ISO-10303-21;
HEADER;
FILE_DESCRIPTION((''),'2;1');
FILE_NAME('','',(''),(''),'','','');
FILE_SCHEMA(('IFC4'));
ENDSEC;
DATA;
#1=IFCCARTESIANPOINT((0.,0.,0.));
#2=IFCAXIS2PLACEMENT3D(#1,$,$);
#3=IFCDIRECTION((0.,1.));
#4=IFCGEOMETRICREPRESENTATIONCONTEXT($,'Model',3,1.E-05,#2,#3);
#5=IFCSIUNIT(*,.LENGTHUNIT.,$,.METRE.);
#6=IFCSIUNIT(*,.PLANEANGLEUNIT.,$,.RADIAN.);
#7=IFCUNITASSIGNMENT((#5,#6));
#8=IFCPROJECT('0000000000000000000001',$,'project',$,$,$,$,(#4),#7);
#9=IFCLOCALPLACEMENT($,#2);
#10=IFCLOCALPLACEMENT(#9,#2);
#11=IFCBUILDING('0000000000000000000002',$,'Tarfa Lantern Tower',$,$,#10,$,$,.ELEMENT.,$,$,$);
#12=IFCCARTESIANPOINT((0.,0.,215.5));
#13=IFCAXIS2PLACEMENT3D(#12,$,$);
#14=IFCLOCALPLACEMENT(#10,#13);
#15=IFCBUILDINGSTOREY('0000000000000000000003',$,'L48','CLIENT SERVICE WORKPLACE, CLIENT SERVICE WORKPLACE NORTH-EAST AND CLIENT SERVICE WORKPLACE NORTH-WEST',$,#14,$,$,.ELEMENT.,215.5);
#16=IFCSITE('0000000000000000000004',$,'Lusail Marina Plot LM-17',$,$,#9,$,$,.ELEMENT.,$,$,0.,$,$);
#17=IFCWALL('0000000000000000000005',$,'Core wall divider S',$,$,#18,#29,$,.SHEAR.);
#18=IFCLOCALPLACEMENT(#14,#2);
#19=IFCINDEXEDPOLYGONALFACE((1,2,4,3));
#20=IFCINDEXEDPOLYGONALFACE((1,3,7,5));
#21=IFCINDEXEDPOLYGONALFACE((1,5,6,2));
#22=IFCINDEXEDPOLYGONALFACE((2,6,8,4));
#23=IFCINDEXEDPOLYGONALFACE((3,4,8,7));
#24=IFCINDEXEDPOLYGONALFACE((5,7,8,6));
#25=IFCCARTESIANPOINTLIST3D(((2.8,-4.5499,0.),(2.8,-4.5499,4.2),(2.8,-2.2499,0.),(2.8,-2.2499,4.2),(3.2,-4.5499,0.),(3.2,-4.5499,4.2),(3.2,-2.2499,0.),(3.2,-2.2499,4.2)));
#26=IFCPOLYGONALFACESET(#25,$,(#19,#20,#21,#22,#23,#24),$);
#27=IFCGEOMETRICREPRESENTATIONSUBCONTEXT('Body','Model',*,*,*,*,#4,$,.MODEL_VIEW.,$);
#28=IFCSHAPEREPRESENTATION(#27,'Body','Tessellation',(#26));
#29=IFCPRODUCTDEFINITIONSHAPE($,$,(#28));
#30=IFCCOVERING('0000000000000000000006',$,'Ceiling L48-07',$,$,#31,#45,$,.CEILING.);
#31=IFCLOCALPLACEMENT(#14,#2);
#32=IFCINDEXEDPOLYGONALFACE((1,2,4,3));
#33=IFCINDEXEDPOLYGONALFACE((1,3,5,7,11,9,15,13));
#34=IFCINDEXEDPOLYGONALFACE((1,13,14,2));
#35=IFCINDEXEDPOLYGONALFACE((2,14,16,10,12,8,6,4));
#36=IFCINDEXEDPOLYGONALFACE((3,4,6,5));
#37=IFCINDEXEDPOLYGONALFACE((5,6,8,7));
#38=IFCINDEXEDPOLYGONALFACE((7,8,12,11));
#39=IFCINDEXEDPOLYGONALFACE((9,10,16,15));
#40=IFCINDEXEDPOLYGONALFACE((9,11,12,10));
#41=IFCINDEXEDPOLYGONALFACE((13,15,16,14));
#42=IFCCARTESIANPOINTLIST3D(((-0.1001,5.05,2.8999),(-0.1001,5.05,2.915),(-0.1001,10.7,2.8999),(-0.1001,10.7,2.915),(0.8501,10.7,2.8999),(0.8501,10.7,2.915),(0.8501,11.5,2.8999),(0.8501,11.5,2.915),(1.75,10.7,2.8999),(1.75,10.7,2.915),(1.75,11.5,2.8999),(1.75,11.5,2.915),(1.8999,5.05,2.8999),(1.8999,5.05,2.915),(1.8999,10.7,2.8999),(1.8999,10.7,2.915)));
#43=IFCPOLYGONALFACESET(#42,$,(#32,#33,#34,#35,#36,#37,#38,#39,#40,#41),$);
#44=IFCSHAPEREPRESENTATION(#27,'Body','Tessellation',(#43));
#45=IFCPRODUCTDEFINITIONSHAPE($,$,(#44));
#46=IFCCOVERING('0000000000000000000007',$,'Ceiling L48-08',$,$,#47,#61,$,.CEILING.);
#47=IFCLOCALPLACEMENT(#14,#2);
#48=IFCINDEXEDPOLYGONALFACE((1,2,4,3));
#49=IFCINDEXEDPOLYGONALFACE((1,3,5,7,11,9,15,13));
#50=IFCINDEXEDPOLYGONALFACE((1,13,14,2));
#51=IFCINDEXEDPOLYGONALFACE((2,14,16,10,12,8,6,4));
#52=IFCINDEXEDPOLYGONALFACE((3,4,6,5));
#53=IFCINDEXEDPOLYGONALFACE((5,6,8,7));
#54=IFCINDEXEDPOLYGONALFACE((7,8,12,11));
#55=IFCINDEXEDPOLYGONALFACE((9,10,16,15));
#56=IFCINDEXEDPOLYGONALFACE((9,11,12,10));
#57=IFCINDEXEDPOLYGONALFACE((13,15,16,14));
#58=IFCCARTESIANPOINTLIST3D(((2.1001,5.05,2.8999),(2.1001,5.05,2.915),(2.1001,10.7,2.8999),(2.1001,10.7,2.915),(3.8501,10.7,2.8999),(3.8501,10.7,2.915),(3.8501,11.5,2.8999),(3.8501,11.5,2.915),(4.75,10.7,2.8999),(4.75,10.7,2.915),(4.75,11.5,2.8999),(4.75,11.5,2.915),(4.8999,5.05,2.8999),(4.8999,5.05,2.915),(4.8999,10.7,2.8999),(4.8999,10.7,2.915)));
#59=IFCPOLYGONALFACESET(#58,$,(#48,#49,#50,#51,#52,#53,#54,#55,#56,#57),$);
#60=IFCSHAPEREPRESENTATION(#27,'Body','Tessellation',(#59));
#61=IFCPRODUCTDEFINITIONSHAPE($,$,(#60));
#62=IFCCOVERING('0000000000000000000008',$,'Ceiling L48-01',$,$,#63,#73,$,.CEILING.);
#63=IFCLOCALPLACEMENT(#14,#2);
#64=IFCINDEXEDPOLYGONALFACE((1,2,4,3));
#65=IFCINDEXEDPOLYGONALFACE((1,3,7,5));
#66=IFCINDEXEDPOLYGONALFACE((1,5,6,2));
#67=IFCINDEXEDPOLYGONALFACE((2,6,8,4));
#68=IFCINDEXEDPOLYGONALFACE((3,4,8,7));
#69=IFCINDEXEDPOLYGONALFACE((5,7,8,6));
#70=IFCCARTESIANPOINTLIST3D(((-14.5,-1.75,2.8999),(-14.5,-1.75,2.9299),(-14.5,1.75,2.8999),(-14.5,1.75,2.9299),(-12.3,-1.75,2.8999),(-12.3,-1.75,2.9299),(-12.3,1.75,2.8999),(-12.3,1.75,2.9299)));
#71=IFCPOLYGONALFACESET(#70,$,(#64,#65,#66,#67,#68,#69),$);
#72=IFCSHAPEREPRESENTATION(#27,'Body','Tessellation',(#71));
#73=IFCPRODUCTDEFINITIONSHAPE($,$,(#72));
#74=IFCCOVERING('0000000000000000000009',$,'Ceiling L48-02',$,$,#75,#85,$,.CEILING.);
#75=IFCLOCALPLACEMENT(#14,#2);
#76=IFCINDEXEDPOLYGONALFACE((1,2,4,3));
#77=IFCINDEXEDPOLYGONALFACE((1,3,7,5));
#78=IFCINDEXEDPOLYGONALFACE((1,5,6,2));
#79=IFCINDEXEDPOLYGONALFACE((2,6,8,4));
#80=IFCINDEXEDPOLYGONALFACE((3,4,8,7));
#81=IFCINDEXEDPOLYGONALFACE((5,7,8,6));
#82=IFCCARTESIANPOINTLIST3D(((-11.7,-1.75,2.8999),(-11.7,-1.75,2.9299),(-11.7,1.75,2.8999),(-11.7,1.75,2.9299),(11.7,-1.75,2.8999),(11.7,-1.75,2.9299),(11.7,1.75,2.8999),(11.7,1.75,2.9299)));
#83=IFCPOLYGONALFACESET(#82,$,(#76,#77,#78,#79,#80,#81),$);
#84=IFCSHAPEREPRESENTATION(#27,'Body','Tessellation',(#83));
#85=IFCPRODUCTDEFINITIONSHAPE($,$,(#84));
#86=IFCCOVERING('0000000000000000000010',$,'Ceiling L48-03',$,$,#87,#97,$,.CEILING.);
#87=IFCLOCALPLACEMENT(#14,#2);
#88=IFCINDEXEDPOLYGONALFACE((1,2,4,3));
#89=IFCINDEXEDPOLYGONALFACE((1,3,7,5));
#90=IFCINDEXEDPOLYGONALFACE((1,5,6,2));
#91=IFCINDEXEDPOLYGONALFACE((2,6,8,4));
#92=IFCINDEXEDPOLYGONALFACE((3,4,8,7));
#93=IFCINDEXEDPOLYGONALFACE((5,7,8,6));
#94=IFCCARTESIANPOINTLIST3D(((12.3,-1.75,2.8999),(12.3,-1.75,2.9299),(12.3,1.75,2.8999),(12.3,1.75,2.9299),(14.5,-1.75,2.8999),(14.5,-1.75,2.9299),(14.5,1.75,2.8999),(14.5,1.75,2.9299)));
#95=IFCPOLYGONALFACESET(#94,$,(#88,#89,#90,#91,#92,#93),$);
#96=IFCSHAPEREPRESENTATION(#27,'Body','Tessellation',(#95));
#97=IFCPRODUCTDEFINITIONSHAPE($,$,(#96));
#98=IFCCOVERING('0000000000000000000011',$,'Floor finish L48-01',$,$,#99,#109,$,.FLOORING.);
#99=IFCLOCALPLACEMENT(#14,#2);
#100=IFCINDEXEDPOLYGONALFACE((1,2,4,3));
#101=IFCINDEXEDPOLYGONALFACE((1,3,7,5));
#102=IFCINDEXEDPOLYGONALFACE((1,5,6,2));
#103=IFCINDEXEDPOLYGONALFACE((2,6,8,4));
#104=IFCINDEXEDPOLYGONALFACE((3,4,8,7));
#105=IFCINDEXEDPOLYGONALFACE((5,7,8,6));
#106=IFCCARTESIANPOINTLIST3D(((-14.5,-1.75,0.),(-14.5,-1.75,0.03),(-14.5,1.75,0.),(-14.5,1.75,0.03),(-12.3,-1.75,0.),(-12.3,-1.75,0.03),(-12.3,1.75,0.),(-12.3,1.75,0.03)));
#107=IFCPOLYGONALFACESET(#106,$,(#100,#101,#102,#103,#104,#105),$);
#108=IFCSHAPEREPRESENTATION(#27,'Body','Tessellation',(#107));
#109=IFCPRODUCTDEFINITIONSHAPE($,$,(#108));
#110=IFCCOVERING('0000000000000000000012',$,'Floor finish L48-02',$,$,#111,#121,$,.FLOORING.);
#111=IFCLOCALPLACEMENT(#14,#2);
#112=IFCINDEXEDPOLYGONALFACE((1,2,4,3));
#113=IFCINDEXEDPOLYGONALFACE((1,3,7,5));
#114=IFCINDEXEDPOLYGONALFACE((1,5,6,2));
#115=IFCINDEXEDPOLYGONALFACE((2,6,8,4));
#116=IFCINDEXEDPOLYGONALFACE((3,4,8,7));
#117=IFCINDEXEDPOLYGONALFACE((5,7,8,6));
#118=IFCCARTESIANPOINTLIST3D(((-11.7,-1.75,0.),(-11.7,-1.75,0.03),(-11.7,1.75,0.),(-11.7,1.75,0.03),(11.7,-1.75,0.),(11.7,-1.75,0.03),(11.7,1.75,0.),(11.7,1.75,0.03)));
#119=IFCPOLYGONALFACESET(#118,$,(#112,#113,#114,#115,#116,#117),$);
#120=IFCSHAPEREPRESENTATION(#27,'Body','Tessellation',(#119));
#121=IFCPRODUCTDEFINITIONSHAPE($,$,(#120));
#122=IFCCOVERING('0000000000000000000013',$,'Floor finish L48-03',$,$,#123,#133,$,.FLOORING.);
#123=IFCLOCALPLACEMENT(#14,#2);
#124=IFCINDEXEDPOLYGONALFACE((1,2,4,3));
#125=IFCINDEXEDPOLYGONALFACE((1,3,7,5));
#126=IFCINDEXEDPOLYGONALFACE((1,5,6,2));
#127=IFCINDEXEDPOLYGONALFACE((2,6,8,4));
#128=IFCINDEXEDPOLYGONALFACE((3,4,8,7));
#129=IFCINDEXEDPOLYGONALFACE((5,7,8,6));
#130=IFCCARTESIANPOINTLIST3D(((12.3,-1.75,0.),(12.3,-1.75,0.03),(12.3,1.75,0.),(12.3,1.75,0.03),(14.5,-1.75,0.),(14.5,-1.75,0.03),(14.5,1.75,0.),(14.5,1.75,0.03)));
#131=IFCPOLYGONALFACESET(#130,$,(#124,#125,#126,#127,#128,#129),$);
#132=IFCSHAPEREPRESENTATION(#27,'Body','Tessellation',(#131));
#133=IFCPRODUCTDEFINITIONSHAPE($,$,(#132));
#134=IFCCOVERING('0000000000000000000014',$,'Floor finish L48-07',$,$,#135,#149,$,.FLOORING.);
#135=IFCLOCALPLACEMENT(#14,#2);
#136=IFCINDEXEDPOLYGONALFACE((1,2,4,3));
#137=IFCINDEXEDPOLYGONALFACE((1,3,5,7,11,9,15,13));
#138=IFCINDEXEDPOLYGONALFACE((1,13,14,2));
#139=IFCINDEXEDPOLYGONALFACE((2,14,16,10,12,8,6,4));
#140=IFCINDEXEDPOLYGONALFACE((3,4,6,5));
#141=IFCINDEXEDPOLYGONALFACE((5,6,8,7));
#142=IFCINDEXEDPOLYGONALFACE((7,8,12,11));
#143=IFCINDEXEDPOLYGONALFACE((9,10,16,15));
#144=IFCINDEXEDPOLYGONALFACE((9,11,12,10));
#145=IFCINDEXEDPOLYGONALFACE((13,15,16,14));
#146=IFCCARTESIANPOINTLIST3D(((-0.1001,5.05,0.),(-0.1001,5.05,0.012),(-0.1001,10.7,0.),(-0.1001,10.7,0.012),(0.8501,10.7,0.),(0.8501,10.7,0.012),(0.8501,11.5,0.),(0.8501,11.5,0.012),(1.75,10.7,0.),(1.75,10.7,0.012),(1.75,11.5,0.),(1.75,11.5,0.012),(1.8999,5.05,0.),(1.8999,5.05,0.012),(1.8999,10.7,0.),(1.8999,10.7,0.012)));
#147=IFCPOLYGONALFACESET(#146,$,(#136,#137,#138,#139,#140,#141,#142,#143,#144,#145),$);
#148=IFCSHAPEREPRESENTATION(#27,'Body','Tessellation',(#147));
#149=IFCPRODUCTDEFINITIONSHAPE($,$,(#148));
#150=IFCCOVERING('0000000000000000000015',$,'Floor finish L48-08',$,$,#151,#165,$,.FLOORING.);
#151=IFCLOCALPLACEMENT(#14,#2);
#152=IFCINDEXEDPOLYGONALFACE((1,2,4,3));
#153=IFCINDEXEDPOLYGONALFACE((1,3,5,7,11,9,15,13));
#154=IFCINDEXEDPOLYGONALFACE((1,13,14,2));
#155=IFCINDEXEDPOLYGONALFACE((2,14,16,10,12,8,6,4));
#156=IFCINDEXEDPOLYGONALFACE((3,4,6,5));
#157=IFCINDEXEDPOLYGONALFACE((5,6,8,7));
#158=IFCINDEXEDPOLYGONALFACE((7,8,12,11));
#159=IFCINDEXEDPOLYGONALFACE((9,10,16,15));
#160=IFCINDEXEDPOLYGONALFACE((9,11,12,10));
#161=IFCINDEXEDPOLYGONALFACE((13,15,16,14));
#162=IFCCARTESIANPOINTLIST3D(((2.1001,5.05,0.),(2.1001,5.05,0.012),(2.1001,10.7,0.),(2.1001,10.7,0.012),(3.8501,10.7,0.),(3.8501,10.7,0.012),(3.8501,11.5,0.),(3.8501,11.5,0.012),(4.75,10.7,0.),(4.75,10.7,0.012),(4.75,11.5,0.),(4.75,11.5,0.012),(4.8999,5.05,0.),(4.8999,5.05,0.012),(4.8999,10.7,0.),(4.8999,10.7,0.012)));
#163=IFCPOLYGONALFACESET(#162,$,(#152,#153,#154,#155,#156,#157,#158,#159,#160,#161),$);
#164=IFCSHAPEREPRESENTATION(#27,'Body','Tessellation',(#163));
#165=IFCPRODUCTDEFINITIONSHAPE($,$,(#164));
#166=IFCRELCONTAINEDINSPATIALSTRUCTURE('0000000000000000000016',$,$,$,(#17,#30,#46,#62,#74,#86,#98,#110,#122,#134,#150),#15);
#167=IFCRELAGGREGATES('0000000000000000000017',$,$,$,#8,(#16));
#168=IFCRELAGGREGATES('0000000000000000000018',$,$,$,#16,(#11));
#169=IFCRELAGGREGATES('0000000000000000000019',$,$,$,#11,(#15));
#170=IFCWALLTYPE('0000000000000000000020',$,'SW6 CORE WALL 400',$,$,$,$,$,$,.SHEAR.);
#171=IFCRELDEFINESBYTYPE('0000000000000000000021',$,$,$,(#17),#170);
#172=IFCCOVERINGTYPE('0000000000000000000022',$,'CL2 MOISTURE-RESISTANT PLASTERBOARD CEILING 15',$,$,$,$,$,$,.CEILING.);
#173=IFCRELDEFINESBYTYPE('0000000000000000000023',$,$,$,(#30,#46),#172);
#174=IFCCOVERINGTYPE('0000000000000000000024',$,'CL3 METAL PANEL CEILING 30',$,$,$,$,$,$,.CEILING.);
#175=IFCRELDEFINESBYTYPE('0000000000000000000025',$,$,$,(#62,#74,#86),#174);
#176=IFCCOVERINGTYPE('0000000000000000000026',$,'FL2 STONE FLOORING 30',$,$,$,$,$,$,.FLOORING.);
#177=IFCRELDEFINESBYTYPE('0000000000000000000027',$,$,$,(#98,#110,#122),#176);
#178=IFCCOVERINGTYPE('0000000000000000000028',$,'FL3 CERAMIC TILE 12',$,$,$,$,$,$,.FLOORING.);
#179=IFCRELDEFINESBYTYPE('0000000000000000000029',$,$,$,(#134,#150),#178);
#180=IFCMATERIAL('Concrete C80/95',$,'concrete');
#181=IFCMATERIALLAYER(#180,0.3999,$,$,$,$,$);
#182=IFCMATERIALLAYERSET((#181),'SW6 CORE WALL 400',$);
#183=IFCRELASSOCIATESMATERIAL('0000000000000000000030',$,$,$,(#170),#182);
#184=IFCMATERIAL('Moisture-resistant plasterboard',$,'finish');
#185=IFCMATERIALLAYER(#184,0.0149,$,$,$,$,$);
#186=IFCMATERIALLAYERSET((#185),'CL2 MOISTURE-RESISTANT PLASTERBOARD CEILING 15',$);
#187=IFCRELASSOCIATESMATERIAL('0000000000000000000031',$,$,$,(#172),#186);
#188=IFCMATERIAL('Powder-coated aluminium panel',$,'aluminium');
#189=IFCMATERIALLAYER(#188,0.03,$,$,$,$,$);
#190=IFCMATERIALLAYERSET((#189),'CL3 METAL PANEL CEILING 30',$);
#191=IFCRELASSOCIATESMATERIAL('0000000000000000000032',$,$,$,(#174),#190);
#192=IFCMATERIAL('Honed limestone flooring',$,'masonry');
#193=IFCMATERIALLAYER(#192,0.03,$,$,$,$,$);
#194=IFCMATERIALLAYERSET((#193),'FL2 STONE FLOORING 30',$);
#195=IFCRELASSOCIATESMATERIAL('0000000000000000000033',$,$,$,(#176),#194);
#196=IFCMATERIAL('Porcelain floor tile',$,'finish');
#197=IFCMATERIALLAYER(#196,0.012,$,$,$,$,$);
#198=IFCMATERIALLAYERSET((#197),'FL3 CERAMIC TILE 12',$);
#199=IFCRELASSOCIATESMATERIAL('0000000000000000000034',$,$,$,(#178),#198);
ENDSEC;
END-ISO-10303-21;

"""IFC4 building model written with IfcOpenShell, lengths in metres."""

from ifc_helpers import new_model, si_unit, direction, frame, frame_2d, origin, place, context, subcontext, project, spatial, polyline, rectangle, outline, extrude, material, layer, layer_set, type_object, element, save


model = new_model("IFC4")

# Units and contexts
model_context = context("Model", 3, precision=1e-05, world=origin(), true_north=direction((0.0, 1.0)))
body_context = subcontext(model_context, "Body", "Model", "MODEL_VIEW")
ifc_project = project(units=[si_unit("LENGTHUNIT", "METRE"), si_unit("PLANEANGLEUNIT", "RADIAN")], contexts=[model_context])

# Site, building, storey
site_placement = place(None, origin())
site = spatial("IfcSite", under=ifc_project, at=site_placement, Name="Lusail Marina Plot LM-17", CompositionType="ELEMENT", RefElevation=0.0)
building_placement = place(site_placement, origin())
building = spatial("IfcBuilding", under=site, at=building_placement, Name="Tarfa Lantern Tower", CompositionType="ELEMENT")
storey_placement = place(building_placement, frame((0.0, 0.0, 215.5)))
storey = spatial("IfcBuildingStorey", under=building, at=storey_placement, Name="L48", Description="CLIENT SERVICE WORKPLACE, CLIENT SERVICE WORKPLACE NORTH-EAST AND CLIENT SERVICE WORKPLACE NORTH-WEST", CompositionType="ELEMENT", Elevation=215.5)

# Shared definitions
ifc_material_1 = material(Name="Concrete C80/95", Category="concrete")

# Wall
ifc_layer_1 = layer(ifc_material_1, 0.3999)
ifc_layer_set_1 = layer_set([ifc_layer_1], Name="SW6 CORE WALL 400")
wall_type_1 = type_object("IfcWallType", Name="SW6 CORE WALL 400", PredefinedType="SHEAR", material=ifc_layer_set_1)
for number, where, z_axis, x_axis, name in (
    (1, (3.0, -2.25, 0.0), (0.0, 0.0, 1.0), (0.0, -1.0, 0.0), "Core wall divider S"),
):
    element("IfcWall", number, at=place(storey_placement, frame(where, z_axis=z_axis, x_axis=x_axis)), inside=storey, type_object=wall_type_1, Name=name, PredefinedType="SHEAR", context=body_context, shape_type="SweptSolid", body=[
        extrude(rectangle(XDim=2.3, YDim=0.3999, at=frame_2d((1.1499, 0.0))), origin(), (0.0, 0.0, 1.0), 4.2),
    ])

# Coverings
ifc_material_2 = material(Name="Moisture-resistant plasterboard", Category="finish")
ifc_layer_2 = layer(ifc_material_2, 0.0149)
ifc_layer_set_2 = layer_set([ifc_layer_2], Name="CL2 MOISTURE-RESISTANT PLASTERBOARD CEILING 15")
covering_type_1 = type_object("IfcCoveringType", Name="CL2 MOISTURE-RESISTANT PLASTERBOARD CEILING 15", PredefinedType="CEILING", material=ifc_layer_set_2)
covering_1_placement = place(storey_placement, frame((0.0, 0.0, 2.8999)))
element("IfcCovering", 2, at=covering_1_placement, inside=storey, type_object=covering_type_1, Name="Ceiling L48-07", PredefinedType="CEILING", context=body_context, shape_type="SweptSolid", body=[
    extrude(outline(polyline([(0.8501, 10.7), (-0.1001, 10.7), (-0.1001, 5.05), (1.8999, 5.05), (1.8999, 10.7), (1.75, 10.7), (1.75, 11.5), (1.75, 11.5), (0.8501, 11.5), (0.8501, 10.7)])), origin(), (0.0, 0.0, 1.0), 0.0151),
])
covering_2_placement = place(storey_placement, frame((0.0, 0.0, 2.8999)))
element("IfcCovering", 3, at=covering_2_placement, inside=storey, type_object=covering_type_1, Name="Ceiling L48-08", PredefinedType="CEILING", context=body_context, shape_type="SweptSolid", body=[
    extrude(outline(polyline([(2.1001, 5.05), (4.8999, 5.05), (4.8999, 10.7), (4.75, 10.7), (4.75, 11.5), (3.8501, 11.5), (3.8501, 10.7), (2.1001, 10.7), (2.1001, 5.05)])), origin(), (0.0, 0.0, 1.0), 0.0151),
])
ifc_material_3 = material(Name="Powder-coated aluminium panel", Category="aluminium")
ifc_layer_3 = layer(ifc_material_3, 0.03)
ifc_layer_set_3 = layer_set([ifc_layer_3], Name="CL3 METAL PANEL CEILING 30")
covering_type_2 = type_object("IfcCoveringType", Name="CL3 METAL PANEL CEILING 30", PredefinedType="CEILING", material=ifc_layer_set_3)
covering_3_placement = place(storey_placement, frame((0.0, 0.0, 2.8999)))
element("IfcCovering", 4, at=covering_3_placement, inside=storey, type_object=covering_type_2, Name="Ceiling L48-01", PredefinedType="CEILING", context=body_context, shape_type="SweptSolid", body=[
    extrude(outline(polyline([(-14.5, -1.75), (-12.3, -1.75), (-12.3, 1.75), (-14.5, 1.75), (-14.5, -1.75)])), origin(), (0.0, 0.0, 1.0), 0.03),
])
covering_4_placement = place(storey_placement, frame((0.0, 0.0, 2.8999)))
element("IfcCovering", 5, at=covering_4_placement, inside=storey, type_object=covering_type_2, Name="Ceiling L48-02", PredefinedType="CEILING", context=body_context, shape_type="SweptSolid", body=[
    extrude(outline(polyline([(-11.7, -1.75), (11.7, -1.75), (11.7, 1.75), (-11.7, 1.75), (-11.7, -1.75)])), origin(), (0.0, 0.0, 1.0), 0.03),
])
covering_5_placement = place(storey_placement, frame((0.0, 0.0, 2.8999)))
element("IfcCovering", 6, at=covering_5_placement, inside=storey, type_object=covering_type_2, Name="Ceiling L48-03", PredefinedType="CEILING", context=body_context, shape_type="SweptSolid", body=[
    extrude(outline(polyline([(12.3, -1.75), (14.5, -1.75), (14.5, 1.75), (12.3, 1.75), (12.3, -1.75)])), origin(), (0.0, 0.0, 1.0), 0.03),
])
ifc_material_4 = material(Name="Honed limestone flooring", Category="masonry")
ifc_layer_4 = layer(ifc_material_4, 0.03)
ifc_layer_set_4 = layer_set([ifc_layer_4], Name="FL2 STONE FLOORING 30")
covering_type_3 = type_object("IfcCoveringType", Name="FL2 STONE FLOORING 30", PredefinedType="FLOORING", material=ifc_layer_set_4)
covering_6_placement = place(storey_placement, origin())
element("IfcCovering", 7, at=covering_6_placement, inside=storey, type_object=covering_type_3, Name="Floor finish L48-01", PredefinedType="FLOORING", context=body_context, shape_type="SweptSolid", body=[
    extrude(outline(polyline([(-14.5, -1.75), (-12.3, -1.75), (-12.3, 1.75), (-14.5, 1.75), (-14.5, -1.75)])), origin(), (0.0, 0.0, 1.0), 0.03),
])
covering_7_placement = place(storey_placement, origin())
element("IfcCovering", 8, at=covering_7_placement, inside=storey, type_object=covering_type_3, Name="Floor finish L48-02", PredefinedType="FLOORING", context=body_context, shape_type="SweptSolid", body=[
    extrude(outline(polyline([(-11.7, -1.75), (11.7, -1.75), (11.7, 1.75), (-11.7, 1.75), (-11.7, -1.75)])), origin(), (0.0, 0.0, 1.0), 0.03),
])
covering_8_placement = place(storey_placement, origin())
element("IfcCovering", 9, at=covering_8_placement, inside=storey, type_object=covering_type_3, Name="Floor finish L48-03", PredefinedType="FLOORING", context=body_context, shape_type="SweptSolid", body=[
    extrude(outline(polyline([(12.3, -1.75), (14.5, -1.75), (14.5, 1.75), (12.3, 1.75), (12.3, -1.75)])), origin(), (0.0, 0.0, 1.0), 0.03),
])
ifc_material_5 = material(Name="Porcelain floor tile", Category="finish")
ifc_layer_5 = layer(ifc_material_5, 0.012)
ifc_layer_set_5 = layer_set([ifc_layer_5], Name="FL3 CERAMIC TILE 12")
covering_type_4 = type_object("IfcCoveringType", Name="FL3 CERAMIC TILE 12", PredefinedType="FLOORING", material=ifc_layer_set_5)
covering_9_placement = place(storey_placement, origin())
element("IfcCovering", 10, at=covering_9_placement, inside=storey, type_object=covering_type_4, Name="Floor finish L48-07", PredefinedType="FLOORING", context=body_context, shape_type="SweptSolid", body=[
    extrude(outline(polyline([(0.8501, 10.7), (-0.1001, 10.7), (-0.1001, 5.05), (1.8999, 5.05), (1.8999, 10.7), (1.75, 10.7), (1.75, 11.5), (1.75, 11.5), (0.8501, 11.5), (0.8501, 10.7)])), origin(), (0.0, 0.0, 1.0), 0.012),
])
covering_10_placement = place(storey_placement, origin())
element("IfcCovering", 11, at=covering_10_placement, inside=storey, type_object=covering_type_4, Name="Floor finish L48-08", PredefinedType="FLOORING", context=body_context, shape_type="SweptSolid", body=[
    extrude(outline(polyline([(2.1001, 5.05), (4.8999, 5.05), (4.8999, 10.7), (4.75, 10.7), (4.75, 11.5), (3.8501, 11.5), (3.8501, 10.7), (2.1001, 10.7), (2.1001, 5.05)])), origin(), (0.0, 0.0, 1.0), 0.012),
])

save(model, "model.ifc")
